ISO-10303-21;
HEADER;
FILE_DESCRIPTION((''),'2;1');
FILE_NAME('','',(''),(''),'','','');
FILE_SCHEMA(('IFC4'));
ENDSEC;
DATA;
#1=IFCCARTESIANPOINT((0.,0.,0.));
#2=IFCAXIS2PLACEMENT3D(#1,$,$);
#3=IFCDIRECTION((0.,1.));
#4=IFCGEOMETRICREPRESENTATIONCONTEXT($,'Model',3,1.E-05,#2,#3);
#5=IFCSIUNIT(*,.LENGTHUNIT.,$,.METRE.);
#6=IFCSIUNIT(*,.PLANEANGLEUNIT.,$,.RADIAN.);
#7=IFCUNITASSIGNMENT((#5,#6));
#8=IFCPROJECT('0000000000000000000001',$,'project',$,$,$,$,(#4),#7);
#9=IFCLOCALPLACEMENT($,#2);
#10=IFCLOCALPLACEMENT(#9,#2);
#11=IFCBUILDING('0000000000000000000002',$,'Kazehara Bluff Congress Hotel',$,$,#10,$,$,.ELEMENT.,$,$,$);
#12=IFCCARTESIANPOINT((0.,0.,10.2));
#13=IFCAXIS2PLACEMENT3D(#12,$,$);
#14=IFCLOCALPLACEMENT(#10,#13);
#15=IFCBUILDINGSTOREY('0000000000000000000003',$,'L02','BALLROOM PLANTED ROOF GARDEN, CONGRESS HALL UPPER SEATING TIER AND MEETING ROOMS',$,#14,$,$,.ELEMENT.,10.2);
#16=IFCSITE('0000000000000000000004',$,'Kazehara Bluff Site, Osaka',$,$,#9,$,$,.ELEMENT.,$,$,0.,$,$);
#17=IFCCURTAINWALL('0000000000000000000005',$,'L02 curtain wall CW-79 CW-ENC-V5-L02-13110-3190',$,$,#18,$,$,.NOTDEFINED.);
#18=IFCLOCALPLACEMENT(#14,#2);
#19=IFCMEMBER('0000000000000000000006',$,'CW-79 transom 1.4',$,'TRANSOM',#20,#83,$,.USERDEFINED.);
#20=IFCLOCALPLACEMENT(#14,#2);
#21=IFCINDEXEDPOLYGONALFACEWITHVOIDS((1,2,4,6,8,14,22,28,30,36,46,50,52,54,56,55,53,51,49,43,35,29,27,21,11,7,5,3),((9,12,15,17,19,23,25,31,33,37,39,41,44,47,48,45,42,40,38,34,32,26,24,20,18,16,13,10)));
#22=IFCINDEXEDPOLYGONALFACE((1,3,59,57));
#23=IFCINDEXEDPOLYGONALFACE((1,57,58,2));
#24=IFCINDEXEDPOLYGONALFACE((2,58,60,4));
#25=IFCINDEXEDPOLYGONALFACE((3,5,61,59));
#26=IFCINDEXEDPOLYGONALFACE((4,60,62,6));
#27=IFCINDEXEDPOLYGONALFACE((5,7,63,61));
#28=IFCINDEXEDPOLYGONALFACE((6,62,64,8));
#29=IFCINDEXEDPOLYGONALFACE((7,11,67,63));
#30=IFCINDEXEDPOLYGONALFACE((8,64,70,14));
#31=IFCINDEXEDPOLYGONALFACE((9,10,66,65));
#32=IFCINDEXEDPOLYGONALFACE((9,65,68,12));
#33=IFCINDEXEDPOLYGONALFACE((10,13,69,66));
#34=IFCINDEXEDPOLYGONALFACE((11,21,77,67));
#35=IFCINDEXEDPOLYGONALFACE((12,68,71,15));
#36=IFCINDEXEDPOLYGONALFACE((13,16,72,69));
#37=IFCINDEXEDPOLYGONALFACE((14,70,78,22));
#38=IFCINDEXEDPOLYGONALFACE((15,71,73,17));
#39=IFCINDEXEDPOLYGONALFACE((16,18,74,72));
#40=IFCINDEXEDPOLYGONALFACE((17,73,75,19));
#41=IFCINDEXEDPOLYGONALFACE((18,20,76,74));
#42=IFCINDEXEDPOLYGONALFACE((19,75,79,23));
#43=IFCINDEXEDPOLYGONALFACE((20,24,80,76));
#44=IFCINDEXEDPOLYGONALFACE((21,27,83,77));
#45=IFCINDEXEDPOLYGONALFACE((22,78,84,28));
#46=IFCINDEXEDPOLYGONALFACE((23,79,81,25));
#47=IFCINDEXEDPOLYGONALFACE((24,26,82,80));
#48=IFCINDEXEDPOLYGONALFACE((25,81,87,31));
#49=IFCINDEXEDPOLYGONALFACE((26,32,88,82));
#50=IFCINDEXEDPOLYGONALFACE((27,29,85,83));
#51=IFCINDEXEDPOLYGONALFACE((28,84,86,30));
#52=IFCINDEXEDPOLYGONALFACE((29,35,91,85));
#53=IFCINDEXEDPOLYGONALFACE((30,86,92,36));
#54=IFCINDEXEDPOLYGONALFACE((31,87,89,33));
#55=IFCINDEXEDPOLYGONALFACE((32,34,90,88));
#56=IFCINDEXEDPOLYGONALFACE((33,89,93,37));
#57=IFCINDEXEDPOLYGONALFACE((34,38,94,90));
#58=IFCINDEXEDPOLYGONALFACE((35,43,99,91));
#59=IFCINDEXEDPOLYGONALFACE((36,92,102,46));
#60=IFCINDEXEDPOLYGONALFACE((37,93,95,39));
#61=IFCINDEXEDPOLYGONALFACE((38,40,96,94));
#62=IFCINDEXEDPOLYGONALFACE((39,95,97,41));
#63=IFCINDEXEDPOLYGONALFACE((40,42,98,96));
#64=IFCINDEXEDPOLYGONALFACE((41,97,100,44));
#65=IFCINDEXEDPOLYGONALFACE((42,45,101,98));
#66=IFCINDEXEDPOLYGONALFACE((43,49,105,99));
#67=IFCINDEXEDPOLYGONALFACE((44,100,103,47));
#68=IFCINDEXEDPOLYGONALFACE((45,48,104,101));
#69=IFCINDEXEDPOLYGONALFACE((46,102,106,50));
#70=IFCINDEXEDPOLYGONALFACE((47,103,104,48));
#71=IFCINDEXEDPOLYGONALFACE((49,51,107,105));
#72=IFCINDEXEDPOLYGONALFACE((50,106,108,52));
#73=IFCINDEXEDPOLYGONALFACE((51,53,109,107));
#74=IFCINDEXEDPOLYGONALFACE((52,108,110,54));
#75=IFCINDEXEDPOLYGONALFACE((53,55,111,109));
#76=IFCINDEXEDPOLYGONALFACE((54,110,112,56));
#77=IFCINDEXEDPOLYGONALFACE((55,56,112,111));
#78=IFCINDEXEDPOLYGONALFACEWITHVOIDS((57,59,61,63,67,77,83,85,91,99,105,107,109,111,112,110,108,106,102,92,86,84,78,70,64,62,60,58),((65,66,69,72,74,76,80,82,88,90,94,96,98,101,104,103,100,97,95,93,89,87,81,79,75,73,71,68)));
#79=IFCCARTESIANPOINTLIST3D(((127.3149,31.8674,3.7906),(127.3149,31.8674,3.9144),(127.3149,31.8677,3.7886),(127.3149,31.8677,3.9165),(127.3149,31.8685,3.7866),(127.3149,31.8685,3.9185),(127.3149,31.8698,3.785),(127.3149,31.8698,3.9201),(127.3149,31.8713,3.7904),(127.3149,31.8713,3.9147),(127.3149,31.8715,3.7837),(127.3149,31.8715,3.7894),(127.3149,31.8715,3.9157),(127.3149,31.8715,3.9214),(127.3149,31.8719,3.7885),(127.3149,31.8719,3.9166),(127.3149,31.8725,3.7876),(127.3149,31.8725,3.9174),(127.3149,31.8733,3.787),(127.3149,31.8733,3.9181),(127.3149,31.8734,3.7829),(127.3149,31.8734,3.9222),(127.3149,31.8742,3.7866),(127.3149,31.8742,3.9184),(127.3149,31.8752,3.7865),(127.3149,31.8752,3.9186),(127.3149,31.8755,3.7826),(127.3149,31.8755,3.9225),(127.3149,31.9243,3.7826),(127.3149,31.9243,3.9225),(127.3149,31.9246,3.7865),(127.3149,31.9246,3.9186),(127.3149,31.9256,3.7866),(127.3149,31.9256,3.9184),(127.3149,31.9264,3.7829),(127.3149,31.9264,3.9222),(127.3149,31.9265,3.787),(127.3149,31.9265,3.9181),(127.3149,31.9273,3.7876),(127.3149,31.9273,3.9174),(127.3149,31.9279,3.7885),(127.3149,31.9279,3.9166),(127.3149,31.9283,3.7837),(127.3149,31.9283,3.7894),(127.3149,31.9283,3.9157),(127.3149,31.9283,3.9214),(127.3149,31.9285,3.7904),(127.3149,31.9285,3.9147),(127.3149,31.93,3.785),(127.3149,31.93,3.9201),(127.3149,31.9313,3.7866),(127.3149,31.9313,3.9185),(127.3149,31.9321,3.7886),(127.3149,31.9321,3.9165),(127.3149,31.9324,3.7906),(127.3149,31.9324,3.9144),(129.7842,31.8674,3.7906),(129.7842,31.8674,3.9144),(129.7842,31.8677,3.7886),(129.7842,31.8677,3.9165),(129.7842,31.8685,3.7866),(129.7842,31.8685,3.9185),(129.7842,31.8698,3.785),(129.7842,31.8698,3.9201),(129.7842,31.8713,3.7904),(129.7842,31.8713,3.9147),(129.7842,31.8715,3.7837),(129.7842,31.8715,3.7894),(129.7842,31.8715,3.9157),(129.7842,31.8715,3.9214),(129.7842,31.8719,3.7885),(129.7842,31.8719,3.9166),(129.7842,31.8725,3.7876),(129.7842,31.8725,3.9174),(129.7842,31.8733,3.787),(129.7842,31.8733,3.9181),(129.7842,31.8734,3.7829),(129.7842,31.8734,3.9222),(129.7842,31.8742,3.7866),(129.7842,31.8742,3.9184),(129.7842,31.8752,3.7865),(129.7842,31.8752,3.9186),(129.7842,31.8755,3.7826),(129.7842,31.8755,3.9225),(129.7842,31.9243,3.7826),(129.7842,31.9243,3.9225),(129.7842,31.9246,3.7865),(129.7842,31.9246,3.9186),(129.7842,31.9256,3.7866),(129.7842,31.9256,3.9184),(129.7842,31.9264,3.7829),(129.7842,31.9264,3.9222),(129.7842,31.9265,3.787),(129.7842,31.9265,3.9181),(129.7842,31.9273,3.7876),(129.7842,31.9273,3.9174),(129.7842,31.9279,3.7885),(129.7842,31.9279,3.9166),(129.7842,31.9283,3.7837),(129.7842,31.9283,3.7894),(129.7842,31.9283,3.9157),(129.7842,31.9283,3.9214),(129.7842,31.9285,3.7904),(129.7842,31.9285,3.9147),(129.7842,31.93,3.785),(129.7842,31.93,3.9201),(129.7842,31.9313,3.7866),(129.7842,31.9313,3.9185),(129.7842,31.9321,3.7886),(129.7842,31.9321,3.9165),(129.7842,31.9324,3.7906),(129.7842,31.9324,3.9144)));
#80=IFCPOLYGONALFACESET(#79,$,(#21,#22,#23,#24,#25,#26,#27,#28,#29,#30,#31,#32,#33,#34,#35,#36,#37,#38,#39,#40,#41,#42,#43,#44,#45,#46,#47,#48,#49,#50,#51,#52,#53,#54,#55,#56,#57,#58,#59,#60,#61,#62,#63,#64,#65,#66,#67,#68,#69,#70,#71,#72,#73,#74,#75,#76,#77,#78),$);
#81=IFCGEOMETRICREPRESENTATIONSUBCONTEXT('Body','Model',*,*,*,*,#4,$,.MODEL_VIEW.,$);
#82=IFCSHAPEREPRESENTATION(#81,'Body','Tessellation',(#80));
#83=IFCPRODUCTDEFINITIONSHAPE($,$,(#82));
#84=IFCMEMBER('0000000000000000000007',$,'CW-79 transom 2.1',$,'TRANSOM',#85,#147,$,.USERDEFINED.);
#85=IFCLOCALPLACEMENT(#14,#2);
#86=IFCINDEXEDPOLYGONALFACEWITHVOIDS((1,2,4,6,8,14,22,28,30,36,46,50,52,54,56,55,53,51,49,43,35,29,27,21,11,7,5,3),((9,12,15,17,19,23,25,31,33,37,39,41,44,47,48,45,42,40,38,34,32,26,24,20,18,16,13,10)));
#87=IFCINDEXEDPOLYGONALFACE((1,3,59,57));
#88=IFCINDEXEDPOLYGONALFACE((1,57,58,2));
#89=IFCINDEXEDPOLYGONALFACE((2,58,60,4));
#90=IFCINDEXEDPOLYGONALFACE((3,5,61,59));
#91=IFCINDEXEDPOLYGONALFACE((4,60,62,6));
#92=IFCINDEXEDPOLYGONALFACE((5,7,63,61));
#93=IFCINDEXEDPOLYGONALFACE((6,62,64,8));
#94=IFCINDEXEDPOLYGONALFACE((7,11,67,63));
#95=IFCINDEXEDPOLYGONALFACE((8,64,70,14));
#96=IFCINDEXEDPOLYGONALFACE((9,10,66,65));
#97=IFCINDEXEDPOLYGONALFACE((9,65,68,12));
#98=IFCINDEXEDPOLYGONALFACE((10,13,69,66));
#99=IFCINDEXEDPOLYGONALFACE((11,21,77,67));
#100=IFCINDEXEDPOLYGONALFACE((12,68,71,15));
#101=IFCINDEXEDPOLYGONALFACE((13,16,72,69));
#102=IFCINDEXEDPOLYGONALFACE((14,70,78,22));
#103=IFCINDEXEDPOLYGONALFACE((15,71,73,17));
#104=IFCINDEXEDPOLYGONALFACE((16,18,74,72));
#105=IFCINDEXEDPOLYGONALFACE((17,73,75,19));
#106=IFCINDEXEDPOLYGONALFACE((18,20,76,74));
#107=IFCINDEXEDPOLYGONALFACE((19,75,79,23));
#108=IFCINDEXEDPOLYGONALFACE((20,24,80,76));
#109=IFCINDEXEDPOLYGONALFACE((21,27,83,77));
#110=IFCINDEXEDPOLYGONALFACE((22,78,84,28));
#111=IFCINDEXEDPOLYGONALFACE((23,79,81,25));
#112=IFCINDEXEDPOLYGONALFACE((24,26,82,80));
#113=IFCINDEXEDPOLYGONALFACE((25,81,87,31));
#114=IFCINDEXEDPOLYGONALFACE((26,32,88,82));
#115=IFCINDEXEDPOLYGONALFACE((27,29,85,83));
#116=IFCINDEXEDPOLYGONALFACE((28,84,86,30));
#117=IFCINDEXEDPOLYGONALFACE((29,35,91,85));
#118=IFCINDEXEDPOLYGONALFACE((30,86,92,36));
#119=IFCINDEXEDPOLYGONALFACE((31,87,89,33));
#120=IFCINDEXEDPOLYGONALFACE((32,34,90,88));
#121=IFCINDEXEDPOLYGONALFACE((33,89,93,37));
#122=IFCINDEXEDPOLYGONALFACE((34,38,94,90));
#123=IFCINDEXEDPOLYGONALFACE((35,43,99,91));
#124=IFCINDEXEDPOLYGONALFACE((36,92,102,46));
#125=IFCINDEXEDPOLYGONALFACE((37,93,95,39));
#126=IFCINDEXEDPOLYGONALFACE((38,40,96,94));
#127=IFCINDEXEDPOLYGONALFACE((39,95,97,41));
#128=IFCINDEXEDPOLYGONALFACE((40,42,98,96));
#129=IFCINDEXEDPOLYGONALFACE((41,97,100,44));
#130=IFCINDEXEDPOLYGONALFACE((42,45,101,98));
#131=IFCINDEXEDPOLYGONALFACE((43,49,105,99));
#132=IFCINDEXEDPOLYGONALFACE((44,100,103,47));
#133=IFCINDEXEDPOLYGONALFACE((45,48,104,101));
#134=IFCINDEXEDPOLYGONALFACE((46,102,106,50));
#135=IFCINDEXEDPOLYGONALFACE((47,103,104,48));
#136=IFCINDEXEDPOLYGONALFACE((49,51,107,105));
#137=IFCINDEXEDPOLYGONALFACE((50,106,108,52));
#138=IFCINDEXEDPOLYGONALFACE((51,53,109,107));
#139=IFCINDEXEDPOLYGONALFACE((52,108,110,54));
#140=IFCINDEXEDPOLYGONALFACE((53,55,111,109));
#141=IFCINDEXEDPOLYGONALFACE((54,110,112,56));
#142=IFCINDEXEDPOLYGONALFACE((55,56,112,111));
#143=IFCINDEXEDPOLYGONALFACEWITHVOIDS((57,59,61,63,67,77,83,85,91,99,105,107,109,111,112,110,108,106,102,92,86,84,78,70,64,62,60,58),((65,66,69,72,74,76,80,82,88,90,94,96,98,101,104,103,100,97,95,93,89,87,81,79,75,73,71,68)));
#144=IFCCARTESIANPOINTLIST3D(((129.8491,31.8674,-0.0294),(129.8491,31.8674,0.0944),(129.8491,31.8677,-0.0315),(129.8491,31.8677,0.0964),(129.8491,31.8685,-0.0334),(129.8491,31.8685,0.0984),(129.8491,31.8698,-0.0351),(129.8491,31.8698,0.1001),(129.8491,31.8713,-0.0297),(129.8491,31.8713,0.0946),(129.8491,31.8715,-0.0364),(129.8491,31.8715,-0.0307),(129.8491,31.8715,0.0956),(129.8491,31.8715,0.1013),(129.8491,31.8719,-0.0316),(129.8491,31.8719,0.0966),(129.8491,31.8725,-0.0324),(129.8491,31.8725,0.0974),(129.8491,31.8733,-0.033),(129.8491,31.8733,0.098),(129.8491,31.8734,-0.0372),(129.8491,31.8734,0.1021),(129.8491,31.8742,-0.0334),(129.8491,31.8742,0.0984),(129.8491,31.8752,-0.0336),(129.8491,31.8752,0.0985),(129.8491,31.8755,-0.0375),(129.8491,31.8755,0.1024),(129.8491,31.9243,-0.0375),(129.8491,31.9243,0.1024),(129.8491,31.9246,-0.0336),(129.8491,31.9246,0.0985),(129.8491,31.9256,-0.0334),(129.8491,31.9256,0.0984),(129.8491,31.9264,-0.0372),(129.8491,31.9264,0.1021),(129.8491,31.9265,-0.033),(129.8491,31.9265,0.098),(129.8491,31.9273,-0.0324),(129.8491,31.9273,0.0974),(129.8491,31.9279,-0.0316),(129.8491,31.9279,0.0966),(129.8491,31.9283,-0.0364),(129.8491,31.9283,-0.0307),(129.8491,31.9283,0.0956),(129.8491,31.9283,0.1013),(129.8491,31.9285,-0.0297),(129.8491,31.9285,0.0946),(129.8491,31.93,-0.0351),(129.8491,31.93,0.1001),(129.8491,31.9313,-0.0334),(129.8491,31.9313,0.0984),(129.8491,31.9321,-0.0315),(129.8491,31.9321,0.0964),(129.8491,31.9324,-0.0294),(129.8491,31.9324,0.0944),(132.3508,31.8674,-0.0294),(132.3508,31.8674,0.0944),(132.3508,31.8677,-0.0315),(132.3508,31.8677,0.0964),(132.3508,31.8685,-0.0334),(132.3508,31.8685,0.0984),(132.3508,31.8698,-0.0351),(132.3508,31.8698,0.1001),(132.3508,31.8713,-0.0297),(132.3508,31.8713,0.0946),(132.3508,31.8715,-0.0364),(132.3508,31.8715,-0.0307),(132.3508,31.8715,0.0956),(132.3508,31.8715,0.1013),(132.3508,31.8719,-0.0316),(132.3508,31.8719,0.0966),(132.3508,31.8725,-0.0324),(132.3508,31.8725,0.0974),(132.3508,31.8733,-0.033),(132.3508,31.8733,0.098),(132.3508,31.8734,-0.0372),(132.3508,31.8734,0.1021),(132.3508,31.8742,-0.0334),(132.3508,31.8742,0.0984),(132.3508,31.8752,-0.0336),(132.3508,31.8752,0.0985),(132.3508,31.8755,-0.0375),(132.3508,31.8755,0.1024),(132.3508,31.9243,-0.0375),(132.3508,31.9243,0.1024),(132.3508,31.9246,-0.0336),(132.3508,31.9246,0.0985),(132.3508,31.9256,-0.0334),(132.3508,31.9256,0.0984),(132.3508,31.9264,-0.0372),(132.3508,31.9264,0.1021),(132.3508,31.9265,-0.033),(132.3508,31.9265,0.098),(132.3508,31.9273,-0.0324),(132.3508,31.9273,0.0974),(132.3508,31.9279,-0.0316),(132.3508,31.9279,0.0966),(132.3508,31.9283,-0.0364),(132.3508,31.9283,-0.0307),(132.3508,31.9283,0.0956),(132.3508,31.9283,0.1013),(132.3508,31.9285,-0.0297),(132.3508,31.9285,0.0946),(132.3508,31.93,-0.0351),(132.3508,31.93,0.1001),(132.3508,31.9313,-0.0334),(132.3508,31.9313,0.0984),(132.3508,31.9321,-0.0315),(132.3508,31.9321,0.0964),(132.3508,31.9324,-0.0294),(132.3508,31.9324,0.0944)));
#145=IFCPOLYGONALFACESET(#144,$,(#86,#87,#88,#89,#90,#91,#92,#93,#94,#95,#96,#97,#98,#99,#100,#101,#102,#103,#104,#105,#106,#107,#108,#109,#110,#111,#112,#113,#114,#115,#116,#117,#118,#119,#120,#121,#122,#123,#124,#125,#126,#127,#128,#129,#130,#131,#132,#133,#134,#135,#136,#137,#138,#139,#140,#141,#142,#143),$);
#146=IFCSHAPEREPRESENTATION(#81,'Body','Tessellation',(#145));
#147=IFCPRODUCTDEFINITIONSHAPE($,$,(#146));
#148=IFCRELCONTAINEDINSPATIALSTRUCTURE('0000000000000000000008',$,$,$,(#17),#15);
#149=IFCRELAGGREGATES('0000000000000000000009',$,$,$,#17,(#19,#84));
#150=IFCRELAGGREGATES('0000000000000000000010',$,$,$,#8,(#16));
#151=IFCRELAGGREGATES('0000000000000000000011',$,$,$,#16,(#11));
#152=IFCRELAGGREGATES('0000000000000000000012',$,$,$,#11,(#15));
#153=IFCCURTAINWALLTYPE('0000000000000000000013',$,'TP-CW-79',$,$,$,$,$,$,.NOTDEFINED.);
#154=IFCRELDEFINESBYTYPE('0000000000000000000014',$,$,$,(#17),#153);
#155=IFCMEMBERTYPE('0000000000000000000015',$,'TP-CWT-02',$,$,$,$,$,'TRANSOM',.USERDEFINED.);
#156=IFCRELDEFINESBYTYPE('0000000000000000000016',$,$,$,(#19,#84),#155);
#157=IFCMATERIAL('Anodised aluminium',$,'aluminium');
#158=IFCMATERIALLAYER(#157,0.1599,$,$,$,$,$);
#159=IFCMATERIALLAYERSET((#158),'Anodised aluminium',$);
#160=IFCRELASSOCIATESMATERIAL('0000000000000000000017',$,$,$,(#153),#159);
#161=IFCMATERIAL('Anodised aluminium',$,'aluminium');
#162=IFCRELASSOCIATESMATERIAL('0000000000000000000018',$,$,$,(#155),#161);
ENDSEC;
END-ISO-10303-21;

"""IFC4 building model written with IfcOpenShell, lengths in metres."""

from ifc_helpers import new_model, si_unit, direction, frame, origin, origin_2d, place, context, subcontext, project, spatial, hollow_rectangle, extrude, material, layer, layer_set, material_profile, profile_set, type_object, element, aggregate, save


model = new_model("IFC4")

# Units and contexts
model_context = context("Model", 3, precision=1e-05, world=origin(), true_north=direction((0.0, 1.0)))
body_context = subcontext(model_context, "Body", "Model", "MODEL_VIEW")
ifc_project = project(units=[si_unit("LENGTHUNIT", "METRE"), si_unit("PLANEANGLEUNIT", "RADIAN")], contexts=[model_context])

# Site, building, storey
site_placement = place(None, origin())
site = spatial("IfcSite", under=ifc_project, at=site_placement, Name="Kazehara Bluff Site, Osaka", CompositionType="ELEMENT", RefElevation=0.0)
building_placement = place(site_placement, origin())
building = spatial("IfcBuilding", under=site, at=building_placement, Name="Kazehara Bluff Congress Hotel", CompositionType="ELEMENT")
storey_placement = place(building_placement, frame((0.0, 0.0, 10.2)))
storey = spatial("IfcBuildingStorey", under=building, at=storey_placement, Name="L02", Description="BALLROOM PLANTED ROOF GARDEN, CONGRESS HALL UPPER SEATING TIER AND MEETING ROOMS", CompositionType="ELEMENT", Elevation=10.2)

# Curtain wall
ifc_material_1 = material(Name="Anodised aluminium", Category="aluminium")
ifc_layer_1 = layer(ifc_material_1, 0.1599)
ifc_layer_set_1 = layer_set([ifc_layer_1], Name="Anodised aluminium")
curtain_wall_type_1 = type_object("IfcCurtainWallType", Name="TP-CW-79", PredefinedType="NOTDEFINED", material=ifc_layer_set_1)
curtain_wall_1_placement = place(storey_placement, origin())
curtain_wall_1 = element("IfcCurtainWall", 1, at=curtain_wall_1_placement, inside=storey, type_object=curtain_wall_type_1, Name="L02 curtain wall CW-79 CW-ENC-V5-L02-13110-3190", PredefinedType="NOTDEFINED")

# Members
ifc_material_2 = material(Name="Anodised aluminium", Category="aluminium")
ifc_material_profile_1 = material_profile(ifc_material_2, hollow_rectangle(XDim=0.0649, YDim=0.1399, WallThickness=0.0039, InnerFilletRadius=0.0039, OuterFilletRadius=0.0081, at=origin_2d()))
ifc_profile_set_1 = profile_set([ifc_material_profile_1], Name="Anodised aluminium")
member_type_1 = type_object("IfcMemberType", Name="TP-CWT-02", ElementType="TRANSOM", PredefinedType="USERDEFINED", material=ifc_profile_set_1)
member_1_placement = place(storey_placement, frame((127.3149, 31.8999, 3.8525), z_axis=(1.0, 0.0, 0.0), x_axis=(0.0, 1.0, 0.0)))
member_1 = element("IfcMember", 2, at=member_1_placement, type_object=member_type_1, Name="CW-79 transom 1.4", ObjectType="TRANSOM", PredefinedType="USERDEFINED", context=body_context, shape_type="SweptSolid", body=[
    extrude(hollow_rectangle(XDim=0.0649, YDim=0.1399, WallThickness=0.0039, InnerFilletRadius=0.0039, OuterFilletRadius=0.0081, at=origin_2d()), origin(), (0.0, 0.0, 1.0), 2.4692),
])
member_2_placement = place(storey_placement, frame((129.8491, 31.8999, 0.0325), z_axis=(1.0, 0.0, 0.0), x_axis=(0.0, 1.0, 0.0)))
member_2 = element("IfcMember", 3, at=member_2_placement, type_object=member_type_1, Name="CW-79 transom 2.1", ObjectType="TRANSOM", PredefinedType="USERDEFINED", context=body_context, shape_type="SweptSolid", body=[
    extrude(hollow_rectangle(XDim=0.0649, YDim=0.1399, WallThickness=0.0039, InnerFilletRadius=0.0039, OuterFilletRadius=0.0081, at=origin_2d()), origin(), (0.0, 0.0, 1.0), 2.5017),
])

aggregate(curtain_wall_1, [member_1, member_2])

save(model, "model.ifc")
